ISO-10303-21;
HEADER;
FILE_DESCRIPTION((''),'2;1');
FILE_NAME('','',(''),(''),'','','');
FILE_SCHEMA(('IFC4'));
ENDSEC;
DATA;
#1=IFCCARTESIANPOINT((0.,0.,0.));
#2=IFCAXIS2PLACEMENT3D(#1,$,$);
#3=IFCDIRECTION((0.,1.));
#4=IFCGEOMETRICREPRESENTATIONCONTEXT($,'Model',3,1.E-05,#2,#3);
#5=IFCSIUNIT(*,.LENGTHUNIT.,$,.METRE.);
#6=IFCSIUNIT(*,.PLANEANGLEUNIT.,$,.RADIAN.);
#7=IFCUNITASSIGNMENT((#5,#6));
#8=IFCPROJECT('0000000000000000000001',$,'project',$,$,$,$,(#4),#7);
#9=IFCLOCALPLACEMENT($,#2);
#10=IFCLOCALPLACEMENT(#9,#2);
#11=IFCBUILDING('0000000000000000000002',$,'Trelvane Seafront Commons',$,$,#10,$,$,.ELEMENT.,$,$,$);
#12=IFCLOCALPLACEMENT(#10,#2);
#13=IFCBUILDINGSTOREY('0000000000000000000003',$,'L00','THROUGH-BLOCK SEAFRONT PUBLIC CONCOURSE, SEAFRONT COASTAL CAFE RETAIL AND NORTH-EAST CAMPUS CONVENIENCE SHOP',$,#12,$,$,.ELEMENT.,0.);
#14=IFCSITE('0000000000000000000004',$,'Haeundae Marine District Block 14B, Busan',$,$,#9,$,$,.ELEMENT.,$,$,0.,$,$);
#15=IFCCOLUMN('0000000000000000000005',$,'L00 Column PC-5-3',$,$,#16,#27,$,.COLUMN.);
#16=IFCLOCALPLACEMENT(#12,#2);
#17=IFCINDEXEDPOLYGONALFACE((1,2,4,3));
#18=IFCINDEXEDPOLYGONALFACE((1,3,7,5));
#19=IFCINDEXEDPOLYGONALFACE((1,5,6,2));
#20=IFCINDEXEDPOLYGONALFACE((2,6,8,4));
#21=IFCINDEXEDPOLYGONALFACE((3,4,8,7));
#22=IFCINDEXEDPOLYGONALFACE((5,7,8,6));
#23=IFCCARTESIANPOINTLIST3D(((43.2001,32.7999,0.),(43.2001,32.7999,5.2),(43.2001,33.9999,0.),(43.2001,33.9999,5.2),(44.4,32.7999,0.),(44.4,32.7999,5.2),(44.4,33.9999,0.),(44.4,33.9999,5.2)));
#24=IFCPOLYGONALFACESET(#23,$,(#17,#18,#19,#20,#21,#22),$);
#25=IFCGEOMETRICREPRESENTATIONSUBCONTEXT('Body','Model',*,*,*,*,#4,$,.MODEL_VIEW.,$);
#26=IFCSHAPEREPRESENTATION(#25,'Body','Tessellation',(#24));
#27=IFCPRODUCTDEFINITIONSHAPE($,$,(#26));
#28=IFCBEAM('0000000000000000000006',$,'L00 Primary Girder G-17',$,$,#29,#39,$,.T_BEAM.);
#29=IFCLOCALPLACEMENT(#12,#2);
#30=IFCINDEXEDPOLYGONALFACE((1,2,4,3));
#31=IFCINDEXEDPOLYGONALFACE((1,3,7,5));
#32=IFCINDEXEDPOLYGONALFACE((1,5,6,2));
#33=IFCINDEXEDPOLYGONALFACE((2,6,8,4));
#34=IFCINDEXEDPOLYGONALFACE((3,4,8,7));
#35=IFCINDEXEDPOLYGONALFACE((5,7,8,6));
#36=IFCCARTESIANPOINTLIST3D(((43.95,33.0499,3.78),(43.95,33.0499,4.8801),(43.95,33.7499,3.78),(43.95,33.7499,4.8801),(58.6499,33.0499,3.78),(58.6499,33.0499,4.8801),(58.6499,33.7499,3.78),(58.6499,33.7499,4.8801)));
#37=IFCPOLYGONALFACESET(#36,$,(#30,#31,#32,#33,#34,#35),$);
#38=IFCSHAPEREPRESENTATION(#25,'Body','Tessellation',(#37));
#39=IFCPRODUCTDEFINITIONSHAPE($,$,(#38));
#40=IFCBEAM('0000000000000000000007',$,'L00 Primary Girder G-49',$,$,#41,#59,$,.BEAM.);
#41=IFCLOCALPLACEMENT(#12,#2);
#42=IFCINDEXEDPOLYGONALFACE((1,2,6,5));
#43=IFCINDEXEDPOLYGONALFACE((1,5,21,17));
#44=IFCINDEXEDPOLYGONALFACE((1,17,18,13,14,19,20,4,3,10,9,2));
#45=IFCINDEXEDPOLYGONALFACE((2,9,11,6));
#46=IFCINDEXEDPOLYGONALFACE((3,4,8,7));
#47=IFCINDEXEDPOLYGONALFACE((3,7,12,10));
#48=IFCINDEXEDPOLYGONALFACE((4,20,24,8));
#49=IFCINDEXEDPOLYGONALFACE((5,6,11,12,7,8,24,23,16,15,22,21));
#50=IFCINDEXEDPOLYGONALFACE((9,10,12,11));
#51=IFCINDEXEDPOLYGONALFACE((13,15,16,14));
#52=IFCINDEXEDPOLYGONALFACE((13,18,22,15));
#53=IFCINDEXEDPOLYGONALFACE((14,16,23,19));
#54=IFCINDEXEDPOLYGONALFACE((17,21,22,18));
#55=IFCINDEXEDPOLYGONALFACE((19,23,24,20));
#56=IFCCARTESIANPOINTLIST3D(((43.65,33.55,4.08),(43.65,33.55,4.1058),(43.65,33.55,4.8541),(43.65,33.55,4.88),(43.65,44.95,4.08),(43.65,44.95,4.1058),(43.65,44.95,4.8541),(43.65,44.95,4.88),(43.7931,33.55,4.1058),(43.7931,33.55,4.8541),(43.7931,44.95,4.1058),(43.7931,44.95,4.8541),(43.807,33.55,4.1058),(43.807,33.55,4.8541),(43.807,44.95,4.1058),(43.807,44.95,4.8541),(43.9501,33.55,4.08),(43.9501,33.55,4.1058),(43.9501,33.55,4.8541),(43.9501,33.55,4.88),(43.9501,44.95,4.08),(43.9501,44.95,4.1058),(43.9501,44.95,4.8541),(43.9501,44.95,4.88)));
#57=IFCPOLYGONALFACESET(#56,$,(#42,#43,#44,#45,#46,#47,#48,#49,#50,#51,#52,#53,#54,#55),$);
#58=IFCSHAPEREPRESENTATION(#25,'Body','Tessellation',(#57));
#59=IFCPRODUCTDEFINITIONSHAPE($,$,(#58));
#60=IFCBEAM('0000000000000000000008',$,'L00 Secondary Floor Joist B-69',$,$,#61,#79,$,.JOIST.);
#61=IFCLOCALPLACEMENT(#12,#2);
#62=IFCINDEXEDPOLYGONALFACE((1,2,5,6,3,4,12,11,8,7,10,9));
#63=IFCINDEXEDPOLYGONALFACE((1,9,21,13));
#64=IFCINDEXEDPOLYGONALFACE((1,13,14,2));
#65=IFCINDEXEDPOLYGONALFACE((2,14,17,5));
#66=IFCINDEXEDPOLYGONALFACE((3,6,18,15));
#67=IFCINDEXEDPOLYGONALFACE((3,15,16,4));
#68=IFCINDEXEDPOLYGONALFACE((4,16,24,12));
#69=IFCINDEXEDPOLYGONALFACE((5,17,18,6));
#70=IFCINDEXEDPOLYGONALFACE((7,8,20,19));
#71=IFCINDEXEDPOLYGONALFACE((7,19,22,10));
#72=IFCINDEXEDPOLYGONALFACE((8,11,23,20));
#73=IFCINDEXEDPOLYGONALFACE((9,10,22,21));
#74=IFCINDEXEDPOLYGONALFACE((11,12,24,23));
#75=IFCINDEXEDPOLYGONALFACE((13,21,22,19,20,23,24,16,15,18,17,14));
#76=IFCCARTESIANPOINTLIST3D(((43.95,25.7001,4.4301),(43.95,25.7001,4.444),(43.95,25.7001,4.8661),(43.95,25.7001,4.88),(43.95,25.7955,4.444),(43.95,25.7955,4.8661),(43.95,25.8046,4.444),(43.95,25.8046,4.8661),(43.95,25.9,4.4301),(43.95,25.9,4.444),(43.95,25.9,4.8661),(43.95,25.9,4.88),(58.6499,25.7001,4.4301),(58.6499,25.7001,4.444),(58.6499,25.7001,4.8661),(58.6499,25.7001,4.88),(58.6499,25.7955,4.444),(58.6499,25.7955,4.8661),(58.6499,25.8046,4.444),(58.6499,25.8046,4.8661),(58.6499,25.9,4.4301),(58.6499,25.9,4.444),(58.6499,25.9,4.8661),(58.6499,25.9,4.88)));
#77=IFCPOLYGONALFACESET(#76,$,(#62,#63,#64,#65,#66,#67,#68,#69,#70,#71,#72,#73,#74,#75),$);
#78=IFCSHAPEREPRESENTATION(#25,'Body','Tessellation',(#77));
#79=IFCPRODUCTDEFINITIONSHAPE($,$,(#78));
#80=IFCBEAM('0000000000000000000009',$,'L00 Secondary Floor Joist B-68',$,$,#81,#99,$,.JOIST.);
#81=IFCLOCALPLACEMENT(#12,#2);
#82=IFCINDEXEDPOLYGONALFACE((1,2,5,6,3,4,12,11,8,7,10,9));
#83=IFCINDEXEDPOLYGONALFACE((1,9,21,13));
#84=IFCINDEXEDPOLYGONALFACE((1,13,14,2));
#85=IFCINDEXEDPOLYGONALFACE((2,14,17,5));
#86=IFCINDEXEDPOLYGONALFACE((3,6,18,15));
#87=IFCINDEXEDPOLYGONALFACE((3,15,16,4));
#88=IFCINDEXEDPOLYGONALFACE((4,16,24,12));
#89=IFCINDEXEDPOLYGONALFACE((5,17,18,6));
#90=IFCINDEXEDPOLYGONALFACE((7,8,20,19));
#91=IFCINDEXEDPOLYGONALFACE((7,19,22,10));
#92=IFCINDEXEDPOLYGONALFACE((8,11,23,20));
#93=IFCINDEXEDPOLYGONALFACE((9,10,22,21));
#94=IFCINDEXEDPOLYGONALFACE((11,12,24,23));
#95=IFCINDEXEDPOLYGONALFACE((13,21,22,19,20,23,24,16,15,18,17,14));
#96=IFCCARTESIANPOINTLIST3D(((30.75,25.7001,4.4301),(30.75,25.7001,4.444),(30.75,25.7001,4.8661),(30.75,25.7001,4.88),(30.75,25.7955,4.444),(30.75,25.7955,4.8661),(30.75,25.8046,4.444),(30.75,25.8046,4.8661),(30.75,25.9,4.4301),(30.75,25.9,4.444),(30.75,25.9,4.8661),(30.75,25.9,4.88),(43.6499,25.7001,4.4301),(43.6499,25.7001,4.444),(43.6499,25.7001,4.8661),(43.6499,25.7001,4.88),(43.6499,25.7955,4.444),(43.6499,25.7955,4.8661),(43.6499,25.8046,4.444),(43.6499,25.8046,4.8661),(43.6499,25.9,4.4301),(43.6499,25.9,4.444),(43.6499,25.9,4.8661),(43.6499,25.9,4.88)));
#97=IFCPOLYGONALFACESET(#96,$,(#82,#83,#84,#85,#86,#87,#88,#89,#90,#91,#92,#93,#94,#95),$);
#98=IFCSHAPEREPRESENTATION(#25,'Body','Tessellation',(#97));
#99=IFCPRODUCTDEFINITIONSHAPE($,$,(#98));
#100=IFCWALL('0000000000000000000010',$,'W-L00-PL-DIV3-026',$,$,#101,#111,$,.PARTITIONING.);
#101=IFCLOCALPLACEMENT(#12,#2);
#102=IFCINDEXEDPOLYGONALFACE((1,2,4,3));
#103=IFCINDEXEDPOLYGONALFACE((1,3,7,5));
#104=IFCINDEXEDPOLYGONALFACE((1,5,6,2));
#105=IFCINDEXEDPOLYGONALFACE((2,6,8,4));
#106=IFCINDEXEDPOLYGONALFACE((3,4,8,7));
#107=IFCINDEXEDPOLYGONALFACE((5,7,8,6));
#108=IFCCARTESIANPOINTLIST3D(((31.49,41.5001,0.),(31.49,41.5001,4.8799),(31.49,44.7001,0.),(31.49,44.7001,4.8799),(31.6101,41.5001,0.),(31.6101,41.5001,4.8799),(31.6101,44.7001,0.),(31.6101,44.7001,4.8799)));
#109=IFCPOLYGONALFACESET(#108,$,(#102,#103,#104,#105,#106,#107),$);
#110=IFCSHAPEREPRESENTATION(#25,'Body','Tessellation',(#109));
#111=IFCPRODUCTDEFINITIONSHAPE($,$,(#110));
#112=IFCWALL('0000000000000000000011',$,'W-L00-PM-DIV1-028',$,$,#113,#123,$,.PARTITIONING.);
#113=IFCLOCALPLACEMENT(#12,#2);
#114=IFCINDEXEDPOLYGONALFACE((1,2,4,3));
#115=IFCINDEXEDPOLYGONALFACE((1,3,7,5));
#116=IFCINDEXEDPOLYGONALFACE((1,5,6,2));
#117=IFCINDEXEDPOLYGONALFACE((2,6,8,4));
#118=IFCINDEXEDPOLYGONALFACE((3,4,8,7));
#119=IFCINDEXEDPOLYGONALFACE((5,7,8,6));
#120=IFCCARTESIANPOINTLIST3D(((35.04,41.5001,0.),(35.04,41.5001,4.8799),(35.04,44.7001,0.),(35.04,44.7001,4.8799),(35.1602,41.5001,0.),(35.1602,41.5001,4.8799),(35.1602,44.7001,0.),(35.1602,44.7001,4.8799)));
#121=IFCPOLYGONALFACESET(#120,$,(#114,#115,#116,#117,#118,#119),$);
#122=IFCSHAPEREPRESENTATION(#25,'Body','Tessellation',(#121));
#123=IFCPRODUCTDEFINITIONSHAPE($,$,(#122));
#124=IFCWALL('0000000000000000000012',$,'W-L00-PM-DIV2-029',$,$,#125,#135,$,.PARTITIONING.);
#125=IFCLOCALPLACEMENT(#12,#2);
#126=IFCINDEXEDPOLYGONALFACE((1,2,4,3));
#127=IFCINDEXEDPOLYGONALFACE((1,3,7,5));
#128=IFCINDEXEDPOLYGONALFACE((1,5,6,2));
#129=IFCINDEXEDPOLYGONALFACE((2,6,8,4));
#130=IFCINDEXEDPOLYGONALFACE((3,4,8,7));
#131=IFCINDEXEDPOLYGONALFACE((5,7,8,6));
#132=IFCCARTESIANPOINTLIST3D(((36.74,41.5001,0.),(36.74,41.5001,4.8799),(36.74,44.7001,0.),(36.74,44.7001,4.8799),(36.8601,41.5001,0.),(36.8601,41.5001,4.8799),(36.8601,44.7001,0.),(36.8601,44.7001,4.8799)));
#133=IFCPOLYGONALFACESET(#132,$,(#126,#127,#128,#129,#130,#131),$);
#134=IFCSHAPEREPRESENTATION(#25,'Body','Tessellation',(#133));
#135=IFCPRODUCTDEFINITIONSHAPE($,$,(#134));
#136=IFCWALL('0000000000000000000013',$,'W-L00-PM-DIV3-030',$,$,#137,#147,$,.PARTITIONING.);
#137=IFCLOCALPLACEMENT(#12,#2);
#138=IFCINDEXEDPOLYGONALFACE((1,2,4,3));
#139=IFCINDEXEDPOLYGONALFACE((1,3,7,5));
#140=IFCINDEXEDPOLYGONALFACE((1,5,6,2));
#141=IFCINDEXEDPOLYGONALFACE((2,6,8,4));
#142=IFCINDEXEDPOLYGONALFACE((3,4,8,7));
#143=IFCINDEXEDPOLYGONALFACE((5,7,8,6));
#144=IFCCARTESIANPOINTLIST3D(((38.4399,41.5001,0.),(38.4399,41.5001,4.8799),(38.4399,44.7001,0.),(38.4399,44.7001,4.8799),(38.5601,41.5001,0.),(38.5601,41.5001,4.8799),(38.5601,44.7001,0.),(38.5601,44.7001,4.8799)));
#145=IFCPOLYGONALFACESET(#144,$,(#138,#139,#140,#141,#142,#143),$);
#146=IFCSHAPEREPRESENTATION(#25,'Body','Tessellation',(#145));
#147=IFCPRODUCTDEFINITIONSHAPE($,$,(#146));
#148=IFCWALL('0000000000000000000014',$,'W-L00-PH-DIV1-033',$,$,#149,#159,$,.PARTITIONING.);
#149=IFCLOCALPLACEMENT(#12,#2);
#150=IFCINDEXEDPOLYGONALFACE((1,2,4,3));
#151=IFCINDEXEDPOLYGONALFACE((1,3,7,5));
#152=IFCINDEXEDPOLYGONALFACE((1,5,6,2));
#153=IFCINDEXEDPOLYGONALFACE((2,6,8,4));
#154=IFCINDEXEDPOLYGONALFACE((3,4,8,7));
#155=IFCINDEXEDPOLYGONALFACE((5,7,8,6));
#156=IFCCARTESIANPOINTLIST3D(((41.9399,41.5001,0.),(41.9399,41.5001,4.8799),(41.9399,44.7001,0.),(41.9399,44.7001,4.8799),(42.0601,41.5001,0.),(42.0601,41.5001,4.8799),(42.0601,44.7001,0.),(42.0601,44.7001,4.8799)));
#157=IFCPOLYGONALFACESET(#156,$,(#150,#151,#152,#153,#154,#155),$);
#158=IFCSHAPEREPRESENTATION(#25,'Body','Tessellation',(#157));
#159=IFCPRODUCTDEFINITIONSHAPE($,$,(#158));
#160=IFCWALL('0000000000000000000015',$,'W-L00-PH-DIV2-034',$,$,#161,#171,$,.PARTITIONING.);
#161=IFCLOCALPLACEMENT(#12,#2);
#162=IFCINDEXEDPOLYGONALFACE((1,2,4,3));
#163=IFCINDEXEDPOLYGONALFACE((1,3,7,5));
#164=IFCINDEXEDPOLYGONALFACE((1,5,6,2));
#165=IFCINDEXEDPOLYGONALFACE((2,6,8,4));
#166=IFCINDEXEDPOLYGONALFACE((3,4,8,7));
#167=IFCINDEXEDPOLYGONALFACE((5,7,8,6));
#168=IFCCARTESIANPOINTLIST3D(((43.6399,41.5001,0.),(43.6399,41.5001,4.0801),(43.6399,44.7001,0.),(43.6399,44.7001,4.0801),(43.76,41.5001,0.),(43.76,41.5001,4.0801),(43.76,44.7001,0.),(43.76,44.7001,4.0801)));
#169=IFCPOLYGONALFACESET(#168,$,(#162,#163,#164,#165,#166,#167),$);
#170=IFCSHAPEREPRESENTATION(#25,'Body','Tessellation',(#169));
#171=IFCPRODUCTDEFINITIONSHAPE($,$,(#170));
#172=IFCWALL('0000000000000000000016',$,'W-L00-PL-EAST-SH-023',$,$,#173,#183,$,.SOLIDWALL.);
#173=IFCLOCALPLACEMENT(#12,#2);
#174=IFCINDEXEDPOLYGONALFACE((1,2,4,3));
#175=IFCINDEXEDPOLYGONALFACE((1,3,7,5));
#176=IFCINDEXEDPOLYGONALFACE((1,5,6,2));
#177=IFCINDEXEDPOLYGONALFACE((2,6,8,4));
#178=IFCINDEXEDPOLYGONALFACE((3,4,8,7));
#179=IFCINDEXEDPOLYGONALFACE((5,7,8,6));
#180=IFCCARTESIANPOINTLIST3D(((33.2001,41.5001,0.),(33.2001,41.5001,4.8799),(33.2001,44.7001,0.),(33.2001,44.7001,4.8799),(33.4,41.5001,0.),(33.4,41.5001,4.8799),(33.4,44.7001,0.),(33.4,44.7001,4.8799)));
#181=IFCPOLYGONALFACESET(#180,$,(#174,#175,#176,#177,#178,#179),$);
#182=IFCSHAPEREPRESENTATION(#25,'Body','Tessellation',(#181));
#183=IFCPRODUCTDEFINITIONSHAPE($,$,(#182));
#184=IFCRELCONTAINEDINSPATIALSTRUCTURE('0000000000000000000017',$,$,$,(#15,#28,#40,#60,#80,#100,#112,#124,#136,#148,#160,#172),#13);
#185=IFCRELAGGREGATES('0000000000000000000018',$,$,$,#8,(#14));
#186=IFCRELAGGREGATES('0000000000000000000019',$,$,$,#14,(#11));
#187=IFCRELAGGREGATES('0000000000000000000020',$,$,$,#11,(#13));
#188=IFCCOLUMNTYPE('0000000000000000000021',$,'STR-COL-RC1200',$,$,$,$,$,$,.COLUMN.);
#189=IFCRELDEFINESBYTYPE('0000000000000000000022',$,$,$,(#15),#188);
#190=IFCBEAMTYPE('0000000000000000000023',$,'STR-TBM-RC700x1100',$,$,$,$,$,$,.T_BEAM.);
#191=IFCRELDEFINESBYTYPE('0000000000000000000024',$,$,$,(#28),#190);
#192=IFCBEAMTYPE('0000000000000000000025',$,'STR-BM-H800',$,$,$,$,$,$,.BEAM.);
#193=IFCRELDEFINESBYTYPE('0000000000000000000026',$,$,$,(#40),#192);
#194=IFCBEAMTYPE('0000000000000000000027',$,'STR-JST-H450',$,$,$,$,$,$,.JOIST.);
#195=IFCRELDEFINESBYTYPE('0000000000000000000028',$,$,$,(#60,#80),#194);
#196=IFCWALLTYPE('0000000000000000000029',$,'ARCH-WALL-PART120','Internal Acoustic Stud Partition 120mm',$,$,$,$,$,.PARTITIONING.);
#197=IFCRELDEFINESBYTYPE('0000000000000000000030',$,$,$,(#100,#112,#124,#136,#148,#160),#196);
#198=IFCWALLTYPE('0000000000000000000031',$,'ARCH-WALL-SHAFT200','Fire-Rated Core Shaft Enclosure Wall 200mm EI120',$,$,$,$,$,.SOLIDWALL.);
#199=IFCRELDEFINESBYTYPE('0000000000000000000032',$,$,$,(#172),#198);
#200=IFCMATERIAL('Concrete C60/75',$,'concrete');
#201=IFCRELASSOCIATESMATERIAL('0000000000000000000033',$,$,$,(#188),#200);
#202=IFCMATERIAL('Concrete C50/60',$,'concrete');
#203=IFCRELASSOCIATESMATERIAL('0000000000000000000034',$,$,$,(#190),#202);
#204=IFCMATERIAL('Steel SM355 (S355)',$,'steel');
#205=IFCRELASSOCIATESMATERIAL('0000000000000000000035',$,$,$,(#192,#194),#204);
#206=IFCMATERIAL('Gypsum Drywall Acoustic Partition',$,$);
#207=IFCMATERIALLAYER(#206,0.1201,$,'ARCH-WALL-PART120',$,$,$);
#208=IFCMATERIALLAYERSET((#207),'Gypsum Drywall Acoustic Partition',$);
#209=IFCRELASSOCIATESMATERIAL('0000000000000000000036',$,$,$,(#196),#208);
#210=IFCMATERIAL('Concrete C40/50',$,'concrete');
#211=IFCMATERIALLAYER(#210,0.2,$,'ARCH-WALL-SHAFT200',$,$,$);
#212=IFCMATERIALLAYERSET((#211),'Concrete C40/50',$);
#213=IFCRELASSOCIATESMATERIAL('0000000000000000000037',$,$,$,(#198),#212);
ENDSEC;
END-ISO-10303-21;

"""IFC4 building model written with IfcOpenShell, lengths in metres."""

from ifc_helpers import new_model, si_unit, direction, frame, frame_2d, origin, origin_2d, place, context, subcontext, project, spatial, rectangle, i_section, extrude, source, transform, mapped, material, layer, layer_set, material_profile, profile_set, type_object, element, save


model = new_model("IFC4")

# Units and contexts
model_context = context("Model", 3, precision=1e-05, world=origin(), true_north=direction((0.0, 1.0)))
body_context = subcontext(model_context, "Body", "Model", "MODEL_VIEW")
ifc_project = project(units=[si_unit("LENGTHUNIT", "METRE"), si_unit("PLANEANGLEUNIT", "RADIAN")], contexts=[model_context])

# Site, building, storey
site_placement = place(None, origin())
site = spatial("IfcSite", under=ifc_project, at=site_placement, Name="Haeundae Marine District Block 14B, Busan", CompositionType="ELEMENT", RefElevation=0.0)
building_placement = place(site_placement, origin())
building = spatial("IfcBuilding", under=site, at=building_placement, Name="Trelvane Seafront Commons", CompositionType="ELEMENT")
storey_placement = place(building_placement, origin())
storey = spatial("IfcBuildingStorey", under=building, at=storey_placement, Name="L00", Description="THROUGH-BLOCK SEAFRONT PUBLIC CONCOURSE, SEAFRONT COASTAL CAFE RETAIL AND NORTH-EAST CAMPUS CONVENIENCE SHOP", CompositionType="ELEMENT", Elevation=0.0)

# Column
ifc_material_1 = material(Name="Concrete C60/75", Category="concrete")
ifc_material_profile_1 = material_profile(ifc_material_1, rectangle(XDim=1.2, YDim=1.2, at=origin_2d()), Name="RC-1200x1200")
ifc_profile_set_1 = profile_set([ifc_material_profile_1], Name="Concrete C60/75")
column_type = type_object("IfcColumnType", Name="STR-COL-RC1200", PredefinedType="COLUMN", material=ifc_profile_set_1)
shared_shape_1 = source(origin(), body_context, "Body", "SweptSolid", [
    extrude(rectangle(XDim=1.2, YDim=1.2, at=origin_2d()), origin(), (0.0, 0.0, 1.0), 5.2),
])
column_placement = place(storey_placement, frame((43.8, 33.3999, 0.0), z_axis=(0.0, 0.0, 1.0), x_axis=(1.0, 0.0, 0.0)))
element("IfcColumn", 1, at=column_placement, inside=storey, type_object=column_type, Name="L00 Column PC-5-3", PredefinedType="COLUMN", context=body_context, shape_type="MappedRepresentation", body=[
    mapped(shared_shape_1, transform((0.0, 0.0, 0.0), x_axis=(1.0, 0.0, 0.0), y_axis=(0.0, 1.0, 0.0), z_axis=(0.0, 0.0, 1.0), scale=1.0)),
])

# Beams
ifc_material_2 = material(Name="Concrete C50/60", Category="concrete")
ifc_material_profile_2 = material_profile(ifc_material_2, rectangle(XDim=0.7, YDim=1.1001, at=origin_2d()), Name="RC-700x1100")
ifc_profile_set_2 = profile_set([ifc_material_profile_2], Name="Concrete C50/60")
beam_type_1 = type_object("IfcBeamType", Name="STR-TBM-RC700x1100", PredefinedType="T_BEAM", material=ifc_profile_set_2)
shared_shape_2 = source(origin(), body_context, "Body", "SweptSolid", [
    extrude(rectangle(XDim=0.7, YDim=1.1001, at=origin_2d()), origin(), (0.0, 0.0, 1.0), 14.7),
])
beam_1_placement = place(storey_placement, frame((43.95, 33.3999, 4.3301), z_axis=(1.0, 0.0, 0.0), x_axis=(0.0, 1.0, 0.0)))
element("IfcBeam", 2, at=beam_1_placement, inside=storey, type_object=beam_type_1, Name="L00 Primary Girder G-17", PredefinedType="T_BEAM", context=body_context, shape_type="MappedRepresentation", body=[
    mapped(shared_shape_2, transform((0.0, 0.0, 0.0), x_axis=(1.0, 0.0, 0.0), y_axis=(0.0, 1.0, 0.0), z_axis=(0.0, 0.0, 1.0), scale=1.0)),
])
ifc_material_3 = material(Name="Steel SM355 (S355)", Category="steel")
ifc_material_profile_3 = material_profile(ifc_material_3, i_section(OverallWidth=0.3, OverallDepth=0.8, WebThickness=0.0139, FlangeThickness=0.0259, at=origin_2d()), Name="H-800x300x14x26")
ifc_profile_set_3 = profile_set([ifc_material_profile_3], Name="Steel SM355 (S355)")
beam_type_2 = type_object("IfcBeamType", Name="STR-BM-H800", PredefinedType="BEAM", material=ifc_profile_set_3)
shared_shape_3 = source(origin(), body_context, "Body", "SweptSolid", [
    extrude(i_section(OverallWidth=0.3, OverallDepth=0.8, WebThickness=0.0139, FlangeThickness=0.0259, at=origin_2d()), origin(), (0.0, 0.0, 1.0), 11.3999),
])
beam_2_placement = place(storey_placement, frame((43.8, 33.55, 4.48), z_axis=(0.0, 1.0, 0.0), x_axis=(-1.0, 0.0, 0.0)))
element("IfcBeam", 3, at=beam_2_placement, inside=storey, type_object=beam_type_2, Name="L00 Primary Girder G-49", PredefinedType="BEAM", context=body_context, shape_type="MappedRepresentation", body=[
    mapped(shared_shape_3, transform((0.0, 0.0, 0.0), x_axis=(1.0, 0.0, 0.0), y_axis=(0.0, 1.0, 0.0), z_axis=(0.0, 0.0, 1.0), scale=1.0)),
])
ifc_material_profile_4 = material_profile(ifc_material_3, i_section(OverallWidth=0.2, OverallDepth=0.45, WebThickness=0.009, FlangeThickness=0.0139, at=origin_2d()), Name="H-450x200x9x14")
ifc_profile_set_4 = profile_set([ifc_material_profile_4], Name="Steel SM355 (S355)")
beam_type_3 = type_object("IfcBeamType", Name="STR-JST-H450", PredefinedType="JOIST", material=ifc_profile_set_4)
shared_shape_4 = source(origin(), body_context, "Body", "SweptSolid", [
    extrude(i_section(OverallWidth=0.2, OverallDepth=0.45, WebThickness=0.009, FlangeThickness=0.0139, at=origin_2d()), origin(), (0.0, 0.0, 1.0), 14.7),
])
beam_3_placement = place(storey_placement, frame((43.95, 25.8, 4.655), z_axis=(1.0, 0.0, 0.0), x_axis=(0.0, 1.0, 0.0)))
element("IfcBeam", 4, at=beam_3_placement, inside=storey, type_object=beam_type_3, Name="L00 Secondary Floor Joist B-69", PredefinedType="JOIST", context=body_context, shape_type="MappedRepresentation", body=[
    mapped(shared_shape_4, transform((0.0, 0.0, 0.0), x_axis=(1.0, 0.0, 0.0), y_axis=(0.0, 1.0, 0.0), z_axis=(0.0, 0.0, 1.0), scale=1.0)),
])
shared_shape_5 = source(origin(), body_context, "Body", "SweptSolid", [
    extrude(i_section(OverallWidth=0.2, OverallDepth=0.45, WebThickness=0.009, FlangeThickness=0.0139, at=origin_2d()), origin(), (0.0, 0.0, 1.0), 12.8999),
])
beam_4_placement = place(storey_placement, frame((30.75, 25.8, 4.655), z_axis=(1.0, 0.0, 0.0), x_axis=(0.0, 1.0, 0.0)))
element("IfcBeam", 5, at=beam_4_placement, inside=storey, type_object=beam_type_3, Name="L00 Secondary Floor Joist B-68", PredefinedType="JOIST", context=body_context, shape_type="MappedRepresentation", body=[
    mapped(shared_shape_5, transform((0.0, 0.0, 0.0), x_axis=(1.0, 0.0, 0.0), y_axis=(0.0, 1.0, 0.0), z_axis=(0.0, 0.0, 1.0), scale=1.0)),
])

# Walls
ifc_material_4 = material(Name="Gypsum Drywall Acoustic Partition")
ifc_layer_1 = layer(ifc_material_4, 0.1201, Name="ARCH-WALL-PART120")
ifc_layer_set_1 = layer_set([ifc_layer_1], Name="Gypsum Drywall Acoustic Partition")
wall_type_1 = type_object("IfcWallType", Name="ARCH-WALL-PART120", Description="Internal Acoustic Stud Partition 120mm", PredefinedType="PARTITIONING", material=ifc_layer_set_1)
for number, where, z_axis, x_axis, name in (
    (6, (31.55, 41.5, 0.0), (0.0, 0.0, 1.0), (0.0, 1.0, 0.0), "W-L00-PL-DIV3-026"),
    (7, (35.1001, 41.5, 0.0), (0.0, 0.0, 1.0), (0.0, 1.0, 0.0), "W-L00-PM-DIV1-028"),
    (8, (36.8, 41.5, 0.0), (0.0, 0.0, 1.0), (0.0, 1.0, 0.0), "W-L00-PM-DIV2-029"),
    (9, (38.5, 41.5, 0.0), (0.0, 0.0, 1.0), (0.0, 1.0, 0.0), "W-L00-PM-DIV3-030"),
    (10, (42.0, 41.5, 0.0), (0.0, 0.0, 1.0), (0.0, 1.0, 0.0), "W-L00-PH-DIV1-033"),
):
    element("IfcWall", number, at=place(storey_placement, frame(where, z_axis=z_axis, x_axis=x_axis)), inside=storey, type_object=wall_type_1, Name=name, PredefinedType="PARTITIONING", context=body_context, shape_type="SweptSolid", body=[
        extrude(rectangle(XDim=3.2, YDim=0.1201, at=frame_2d((1.6001, 0.0))), origin(), (0.0, 0.0, 1.0), 4.8799),
    ])
wall_1_placement = place(storey_placement, frame((43.7, 41.5, 0.0), z_axis=(0.0, 0.0, 1.0), x_axis=(0.0, 1.0, 0.0)))
element("IfcWall", 11, at=wall_1_placement, inside=storey, type_object=wall_type_1, Name="W-L00-PH-DIV2-034", PredefinedType="PARTITIONING", context=body_context, shape_type="SweptSolid", body=[
    extrude(rectangle(XDim=3.2, YDim=0.1201, at=frame_2d((1.6001, 0.0))), origin(), (0.0, 0.0, 1.0), 4.0801),
])
ifc_material_5 = material(Name="Concrete C40/50", Category="concrete")
ifc_layer_2 = layer(ifc_material_5, 0.2, Name="ARCH-WALL-SHAFT200")
ifc_layer_set_2 = layer_set([ifc_layer_2], Name="Concrete C40/50")
wall_type_2 = type_object("IfcWallType", Name="ARCH-WALL-SHAFT200", Description="Fire-Rated Core Shaft Enclosure Wall 200mm EI120", PredefinedType="SOLIDWALL", material=ifc_layer_set_2)
wall_2_placement = place(storey_placement, frame((33.3, 41.5, 0.0), z_axis=(0.0, 0.0, 1.0), x_axis=(0.0, 1.0, 0.0)))
element("IfcWall", 12, at=wall_2_placement, inside=storey, type_object=wall_type_2, Name="W-L00-PL-EAST-SH-023", PredefinedType="SOLIDWALL", context=body_context, shape_type="SweptSolid", body=[
    extrude(rectangle(XDim=3.2, YDim=0.2, at=frame_2d((1.6001, 0.0))), origin(), (0.0, 0.0, 1.0), 4.8799),
])

save(model, "model.ifc")
